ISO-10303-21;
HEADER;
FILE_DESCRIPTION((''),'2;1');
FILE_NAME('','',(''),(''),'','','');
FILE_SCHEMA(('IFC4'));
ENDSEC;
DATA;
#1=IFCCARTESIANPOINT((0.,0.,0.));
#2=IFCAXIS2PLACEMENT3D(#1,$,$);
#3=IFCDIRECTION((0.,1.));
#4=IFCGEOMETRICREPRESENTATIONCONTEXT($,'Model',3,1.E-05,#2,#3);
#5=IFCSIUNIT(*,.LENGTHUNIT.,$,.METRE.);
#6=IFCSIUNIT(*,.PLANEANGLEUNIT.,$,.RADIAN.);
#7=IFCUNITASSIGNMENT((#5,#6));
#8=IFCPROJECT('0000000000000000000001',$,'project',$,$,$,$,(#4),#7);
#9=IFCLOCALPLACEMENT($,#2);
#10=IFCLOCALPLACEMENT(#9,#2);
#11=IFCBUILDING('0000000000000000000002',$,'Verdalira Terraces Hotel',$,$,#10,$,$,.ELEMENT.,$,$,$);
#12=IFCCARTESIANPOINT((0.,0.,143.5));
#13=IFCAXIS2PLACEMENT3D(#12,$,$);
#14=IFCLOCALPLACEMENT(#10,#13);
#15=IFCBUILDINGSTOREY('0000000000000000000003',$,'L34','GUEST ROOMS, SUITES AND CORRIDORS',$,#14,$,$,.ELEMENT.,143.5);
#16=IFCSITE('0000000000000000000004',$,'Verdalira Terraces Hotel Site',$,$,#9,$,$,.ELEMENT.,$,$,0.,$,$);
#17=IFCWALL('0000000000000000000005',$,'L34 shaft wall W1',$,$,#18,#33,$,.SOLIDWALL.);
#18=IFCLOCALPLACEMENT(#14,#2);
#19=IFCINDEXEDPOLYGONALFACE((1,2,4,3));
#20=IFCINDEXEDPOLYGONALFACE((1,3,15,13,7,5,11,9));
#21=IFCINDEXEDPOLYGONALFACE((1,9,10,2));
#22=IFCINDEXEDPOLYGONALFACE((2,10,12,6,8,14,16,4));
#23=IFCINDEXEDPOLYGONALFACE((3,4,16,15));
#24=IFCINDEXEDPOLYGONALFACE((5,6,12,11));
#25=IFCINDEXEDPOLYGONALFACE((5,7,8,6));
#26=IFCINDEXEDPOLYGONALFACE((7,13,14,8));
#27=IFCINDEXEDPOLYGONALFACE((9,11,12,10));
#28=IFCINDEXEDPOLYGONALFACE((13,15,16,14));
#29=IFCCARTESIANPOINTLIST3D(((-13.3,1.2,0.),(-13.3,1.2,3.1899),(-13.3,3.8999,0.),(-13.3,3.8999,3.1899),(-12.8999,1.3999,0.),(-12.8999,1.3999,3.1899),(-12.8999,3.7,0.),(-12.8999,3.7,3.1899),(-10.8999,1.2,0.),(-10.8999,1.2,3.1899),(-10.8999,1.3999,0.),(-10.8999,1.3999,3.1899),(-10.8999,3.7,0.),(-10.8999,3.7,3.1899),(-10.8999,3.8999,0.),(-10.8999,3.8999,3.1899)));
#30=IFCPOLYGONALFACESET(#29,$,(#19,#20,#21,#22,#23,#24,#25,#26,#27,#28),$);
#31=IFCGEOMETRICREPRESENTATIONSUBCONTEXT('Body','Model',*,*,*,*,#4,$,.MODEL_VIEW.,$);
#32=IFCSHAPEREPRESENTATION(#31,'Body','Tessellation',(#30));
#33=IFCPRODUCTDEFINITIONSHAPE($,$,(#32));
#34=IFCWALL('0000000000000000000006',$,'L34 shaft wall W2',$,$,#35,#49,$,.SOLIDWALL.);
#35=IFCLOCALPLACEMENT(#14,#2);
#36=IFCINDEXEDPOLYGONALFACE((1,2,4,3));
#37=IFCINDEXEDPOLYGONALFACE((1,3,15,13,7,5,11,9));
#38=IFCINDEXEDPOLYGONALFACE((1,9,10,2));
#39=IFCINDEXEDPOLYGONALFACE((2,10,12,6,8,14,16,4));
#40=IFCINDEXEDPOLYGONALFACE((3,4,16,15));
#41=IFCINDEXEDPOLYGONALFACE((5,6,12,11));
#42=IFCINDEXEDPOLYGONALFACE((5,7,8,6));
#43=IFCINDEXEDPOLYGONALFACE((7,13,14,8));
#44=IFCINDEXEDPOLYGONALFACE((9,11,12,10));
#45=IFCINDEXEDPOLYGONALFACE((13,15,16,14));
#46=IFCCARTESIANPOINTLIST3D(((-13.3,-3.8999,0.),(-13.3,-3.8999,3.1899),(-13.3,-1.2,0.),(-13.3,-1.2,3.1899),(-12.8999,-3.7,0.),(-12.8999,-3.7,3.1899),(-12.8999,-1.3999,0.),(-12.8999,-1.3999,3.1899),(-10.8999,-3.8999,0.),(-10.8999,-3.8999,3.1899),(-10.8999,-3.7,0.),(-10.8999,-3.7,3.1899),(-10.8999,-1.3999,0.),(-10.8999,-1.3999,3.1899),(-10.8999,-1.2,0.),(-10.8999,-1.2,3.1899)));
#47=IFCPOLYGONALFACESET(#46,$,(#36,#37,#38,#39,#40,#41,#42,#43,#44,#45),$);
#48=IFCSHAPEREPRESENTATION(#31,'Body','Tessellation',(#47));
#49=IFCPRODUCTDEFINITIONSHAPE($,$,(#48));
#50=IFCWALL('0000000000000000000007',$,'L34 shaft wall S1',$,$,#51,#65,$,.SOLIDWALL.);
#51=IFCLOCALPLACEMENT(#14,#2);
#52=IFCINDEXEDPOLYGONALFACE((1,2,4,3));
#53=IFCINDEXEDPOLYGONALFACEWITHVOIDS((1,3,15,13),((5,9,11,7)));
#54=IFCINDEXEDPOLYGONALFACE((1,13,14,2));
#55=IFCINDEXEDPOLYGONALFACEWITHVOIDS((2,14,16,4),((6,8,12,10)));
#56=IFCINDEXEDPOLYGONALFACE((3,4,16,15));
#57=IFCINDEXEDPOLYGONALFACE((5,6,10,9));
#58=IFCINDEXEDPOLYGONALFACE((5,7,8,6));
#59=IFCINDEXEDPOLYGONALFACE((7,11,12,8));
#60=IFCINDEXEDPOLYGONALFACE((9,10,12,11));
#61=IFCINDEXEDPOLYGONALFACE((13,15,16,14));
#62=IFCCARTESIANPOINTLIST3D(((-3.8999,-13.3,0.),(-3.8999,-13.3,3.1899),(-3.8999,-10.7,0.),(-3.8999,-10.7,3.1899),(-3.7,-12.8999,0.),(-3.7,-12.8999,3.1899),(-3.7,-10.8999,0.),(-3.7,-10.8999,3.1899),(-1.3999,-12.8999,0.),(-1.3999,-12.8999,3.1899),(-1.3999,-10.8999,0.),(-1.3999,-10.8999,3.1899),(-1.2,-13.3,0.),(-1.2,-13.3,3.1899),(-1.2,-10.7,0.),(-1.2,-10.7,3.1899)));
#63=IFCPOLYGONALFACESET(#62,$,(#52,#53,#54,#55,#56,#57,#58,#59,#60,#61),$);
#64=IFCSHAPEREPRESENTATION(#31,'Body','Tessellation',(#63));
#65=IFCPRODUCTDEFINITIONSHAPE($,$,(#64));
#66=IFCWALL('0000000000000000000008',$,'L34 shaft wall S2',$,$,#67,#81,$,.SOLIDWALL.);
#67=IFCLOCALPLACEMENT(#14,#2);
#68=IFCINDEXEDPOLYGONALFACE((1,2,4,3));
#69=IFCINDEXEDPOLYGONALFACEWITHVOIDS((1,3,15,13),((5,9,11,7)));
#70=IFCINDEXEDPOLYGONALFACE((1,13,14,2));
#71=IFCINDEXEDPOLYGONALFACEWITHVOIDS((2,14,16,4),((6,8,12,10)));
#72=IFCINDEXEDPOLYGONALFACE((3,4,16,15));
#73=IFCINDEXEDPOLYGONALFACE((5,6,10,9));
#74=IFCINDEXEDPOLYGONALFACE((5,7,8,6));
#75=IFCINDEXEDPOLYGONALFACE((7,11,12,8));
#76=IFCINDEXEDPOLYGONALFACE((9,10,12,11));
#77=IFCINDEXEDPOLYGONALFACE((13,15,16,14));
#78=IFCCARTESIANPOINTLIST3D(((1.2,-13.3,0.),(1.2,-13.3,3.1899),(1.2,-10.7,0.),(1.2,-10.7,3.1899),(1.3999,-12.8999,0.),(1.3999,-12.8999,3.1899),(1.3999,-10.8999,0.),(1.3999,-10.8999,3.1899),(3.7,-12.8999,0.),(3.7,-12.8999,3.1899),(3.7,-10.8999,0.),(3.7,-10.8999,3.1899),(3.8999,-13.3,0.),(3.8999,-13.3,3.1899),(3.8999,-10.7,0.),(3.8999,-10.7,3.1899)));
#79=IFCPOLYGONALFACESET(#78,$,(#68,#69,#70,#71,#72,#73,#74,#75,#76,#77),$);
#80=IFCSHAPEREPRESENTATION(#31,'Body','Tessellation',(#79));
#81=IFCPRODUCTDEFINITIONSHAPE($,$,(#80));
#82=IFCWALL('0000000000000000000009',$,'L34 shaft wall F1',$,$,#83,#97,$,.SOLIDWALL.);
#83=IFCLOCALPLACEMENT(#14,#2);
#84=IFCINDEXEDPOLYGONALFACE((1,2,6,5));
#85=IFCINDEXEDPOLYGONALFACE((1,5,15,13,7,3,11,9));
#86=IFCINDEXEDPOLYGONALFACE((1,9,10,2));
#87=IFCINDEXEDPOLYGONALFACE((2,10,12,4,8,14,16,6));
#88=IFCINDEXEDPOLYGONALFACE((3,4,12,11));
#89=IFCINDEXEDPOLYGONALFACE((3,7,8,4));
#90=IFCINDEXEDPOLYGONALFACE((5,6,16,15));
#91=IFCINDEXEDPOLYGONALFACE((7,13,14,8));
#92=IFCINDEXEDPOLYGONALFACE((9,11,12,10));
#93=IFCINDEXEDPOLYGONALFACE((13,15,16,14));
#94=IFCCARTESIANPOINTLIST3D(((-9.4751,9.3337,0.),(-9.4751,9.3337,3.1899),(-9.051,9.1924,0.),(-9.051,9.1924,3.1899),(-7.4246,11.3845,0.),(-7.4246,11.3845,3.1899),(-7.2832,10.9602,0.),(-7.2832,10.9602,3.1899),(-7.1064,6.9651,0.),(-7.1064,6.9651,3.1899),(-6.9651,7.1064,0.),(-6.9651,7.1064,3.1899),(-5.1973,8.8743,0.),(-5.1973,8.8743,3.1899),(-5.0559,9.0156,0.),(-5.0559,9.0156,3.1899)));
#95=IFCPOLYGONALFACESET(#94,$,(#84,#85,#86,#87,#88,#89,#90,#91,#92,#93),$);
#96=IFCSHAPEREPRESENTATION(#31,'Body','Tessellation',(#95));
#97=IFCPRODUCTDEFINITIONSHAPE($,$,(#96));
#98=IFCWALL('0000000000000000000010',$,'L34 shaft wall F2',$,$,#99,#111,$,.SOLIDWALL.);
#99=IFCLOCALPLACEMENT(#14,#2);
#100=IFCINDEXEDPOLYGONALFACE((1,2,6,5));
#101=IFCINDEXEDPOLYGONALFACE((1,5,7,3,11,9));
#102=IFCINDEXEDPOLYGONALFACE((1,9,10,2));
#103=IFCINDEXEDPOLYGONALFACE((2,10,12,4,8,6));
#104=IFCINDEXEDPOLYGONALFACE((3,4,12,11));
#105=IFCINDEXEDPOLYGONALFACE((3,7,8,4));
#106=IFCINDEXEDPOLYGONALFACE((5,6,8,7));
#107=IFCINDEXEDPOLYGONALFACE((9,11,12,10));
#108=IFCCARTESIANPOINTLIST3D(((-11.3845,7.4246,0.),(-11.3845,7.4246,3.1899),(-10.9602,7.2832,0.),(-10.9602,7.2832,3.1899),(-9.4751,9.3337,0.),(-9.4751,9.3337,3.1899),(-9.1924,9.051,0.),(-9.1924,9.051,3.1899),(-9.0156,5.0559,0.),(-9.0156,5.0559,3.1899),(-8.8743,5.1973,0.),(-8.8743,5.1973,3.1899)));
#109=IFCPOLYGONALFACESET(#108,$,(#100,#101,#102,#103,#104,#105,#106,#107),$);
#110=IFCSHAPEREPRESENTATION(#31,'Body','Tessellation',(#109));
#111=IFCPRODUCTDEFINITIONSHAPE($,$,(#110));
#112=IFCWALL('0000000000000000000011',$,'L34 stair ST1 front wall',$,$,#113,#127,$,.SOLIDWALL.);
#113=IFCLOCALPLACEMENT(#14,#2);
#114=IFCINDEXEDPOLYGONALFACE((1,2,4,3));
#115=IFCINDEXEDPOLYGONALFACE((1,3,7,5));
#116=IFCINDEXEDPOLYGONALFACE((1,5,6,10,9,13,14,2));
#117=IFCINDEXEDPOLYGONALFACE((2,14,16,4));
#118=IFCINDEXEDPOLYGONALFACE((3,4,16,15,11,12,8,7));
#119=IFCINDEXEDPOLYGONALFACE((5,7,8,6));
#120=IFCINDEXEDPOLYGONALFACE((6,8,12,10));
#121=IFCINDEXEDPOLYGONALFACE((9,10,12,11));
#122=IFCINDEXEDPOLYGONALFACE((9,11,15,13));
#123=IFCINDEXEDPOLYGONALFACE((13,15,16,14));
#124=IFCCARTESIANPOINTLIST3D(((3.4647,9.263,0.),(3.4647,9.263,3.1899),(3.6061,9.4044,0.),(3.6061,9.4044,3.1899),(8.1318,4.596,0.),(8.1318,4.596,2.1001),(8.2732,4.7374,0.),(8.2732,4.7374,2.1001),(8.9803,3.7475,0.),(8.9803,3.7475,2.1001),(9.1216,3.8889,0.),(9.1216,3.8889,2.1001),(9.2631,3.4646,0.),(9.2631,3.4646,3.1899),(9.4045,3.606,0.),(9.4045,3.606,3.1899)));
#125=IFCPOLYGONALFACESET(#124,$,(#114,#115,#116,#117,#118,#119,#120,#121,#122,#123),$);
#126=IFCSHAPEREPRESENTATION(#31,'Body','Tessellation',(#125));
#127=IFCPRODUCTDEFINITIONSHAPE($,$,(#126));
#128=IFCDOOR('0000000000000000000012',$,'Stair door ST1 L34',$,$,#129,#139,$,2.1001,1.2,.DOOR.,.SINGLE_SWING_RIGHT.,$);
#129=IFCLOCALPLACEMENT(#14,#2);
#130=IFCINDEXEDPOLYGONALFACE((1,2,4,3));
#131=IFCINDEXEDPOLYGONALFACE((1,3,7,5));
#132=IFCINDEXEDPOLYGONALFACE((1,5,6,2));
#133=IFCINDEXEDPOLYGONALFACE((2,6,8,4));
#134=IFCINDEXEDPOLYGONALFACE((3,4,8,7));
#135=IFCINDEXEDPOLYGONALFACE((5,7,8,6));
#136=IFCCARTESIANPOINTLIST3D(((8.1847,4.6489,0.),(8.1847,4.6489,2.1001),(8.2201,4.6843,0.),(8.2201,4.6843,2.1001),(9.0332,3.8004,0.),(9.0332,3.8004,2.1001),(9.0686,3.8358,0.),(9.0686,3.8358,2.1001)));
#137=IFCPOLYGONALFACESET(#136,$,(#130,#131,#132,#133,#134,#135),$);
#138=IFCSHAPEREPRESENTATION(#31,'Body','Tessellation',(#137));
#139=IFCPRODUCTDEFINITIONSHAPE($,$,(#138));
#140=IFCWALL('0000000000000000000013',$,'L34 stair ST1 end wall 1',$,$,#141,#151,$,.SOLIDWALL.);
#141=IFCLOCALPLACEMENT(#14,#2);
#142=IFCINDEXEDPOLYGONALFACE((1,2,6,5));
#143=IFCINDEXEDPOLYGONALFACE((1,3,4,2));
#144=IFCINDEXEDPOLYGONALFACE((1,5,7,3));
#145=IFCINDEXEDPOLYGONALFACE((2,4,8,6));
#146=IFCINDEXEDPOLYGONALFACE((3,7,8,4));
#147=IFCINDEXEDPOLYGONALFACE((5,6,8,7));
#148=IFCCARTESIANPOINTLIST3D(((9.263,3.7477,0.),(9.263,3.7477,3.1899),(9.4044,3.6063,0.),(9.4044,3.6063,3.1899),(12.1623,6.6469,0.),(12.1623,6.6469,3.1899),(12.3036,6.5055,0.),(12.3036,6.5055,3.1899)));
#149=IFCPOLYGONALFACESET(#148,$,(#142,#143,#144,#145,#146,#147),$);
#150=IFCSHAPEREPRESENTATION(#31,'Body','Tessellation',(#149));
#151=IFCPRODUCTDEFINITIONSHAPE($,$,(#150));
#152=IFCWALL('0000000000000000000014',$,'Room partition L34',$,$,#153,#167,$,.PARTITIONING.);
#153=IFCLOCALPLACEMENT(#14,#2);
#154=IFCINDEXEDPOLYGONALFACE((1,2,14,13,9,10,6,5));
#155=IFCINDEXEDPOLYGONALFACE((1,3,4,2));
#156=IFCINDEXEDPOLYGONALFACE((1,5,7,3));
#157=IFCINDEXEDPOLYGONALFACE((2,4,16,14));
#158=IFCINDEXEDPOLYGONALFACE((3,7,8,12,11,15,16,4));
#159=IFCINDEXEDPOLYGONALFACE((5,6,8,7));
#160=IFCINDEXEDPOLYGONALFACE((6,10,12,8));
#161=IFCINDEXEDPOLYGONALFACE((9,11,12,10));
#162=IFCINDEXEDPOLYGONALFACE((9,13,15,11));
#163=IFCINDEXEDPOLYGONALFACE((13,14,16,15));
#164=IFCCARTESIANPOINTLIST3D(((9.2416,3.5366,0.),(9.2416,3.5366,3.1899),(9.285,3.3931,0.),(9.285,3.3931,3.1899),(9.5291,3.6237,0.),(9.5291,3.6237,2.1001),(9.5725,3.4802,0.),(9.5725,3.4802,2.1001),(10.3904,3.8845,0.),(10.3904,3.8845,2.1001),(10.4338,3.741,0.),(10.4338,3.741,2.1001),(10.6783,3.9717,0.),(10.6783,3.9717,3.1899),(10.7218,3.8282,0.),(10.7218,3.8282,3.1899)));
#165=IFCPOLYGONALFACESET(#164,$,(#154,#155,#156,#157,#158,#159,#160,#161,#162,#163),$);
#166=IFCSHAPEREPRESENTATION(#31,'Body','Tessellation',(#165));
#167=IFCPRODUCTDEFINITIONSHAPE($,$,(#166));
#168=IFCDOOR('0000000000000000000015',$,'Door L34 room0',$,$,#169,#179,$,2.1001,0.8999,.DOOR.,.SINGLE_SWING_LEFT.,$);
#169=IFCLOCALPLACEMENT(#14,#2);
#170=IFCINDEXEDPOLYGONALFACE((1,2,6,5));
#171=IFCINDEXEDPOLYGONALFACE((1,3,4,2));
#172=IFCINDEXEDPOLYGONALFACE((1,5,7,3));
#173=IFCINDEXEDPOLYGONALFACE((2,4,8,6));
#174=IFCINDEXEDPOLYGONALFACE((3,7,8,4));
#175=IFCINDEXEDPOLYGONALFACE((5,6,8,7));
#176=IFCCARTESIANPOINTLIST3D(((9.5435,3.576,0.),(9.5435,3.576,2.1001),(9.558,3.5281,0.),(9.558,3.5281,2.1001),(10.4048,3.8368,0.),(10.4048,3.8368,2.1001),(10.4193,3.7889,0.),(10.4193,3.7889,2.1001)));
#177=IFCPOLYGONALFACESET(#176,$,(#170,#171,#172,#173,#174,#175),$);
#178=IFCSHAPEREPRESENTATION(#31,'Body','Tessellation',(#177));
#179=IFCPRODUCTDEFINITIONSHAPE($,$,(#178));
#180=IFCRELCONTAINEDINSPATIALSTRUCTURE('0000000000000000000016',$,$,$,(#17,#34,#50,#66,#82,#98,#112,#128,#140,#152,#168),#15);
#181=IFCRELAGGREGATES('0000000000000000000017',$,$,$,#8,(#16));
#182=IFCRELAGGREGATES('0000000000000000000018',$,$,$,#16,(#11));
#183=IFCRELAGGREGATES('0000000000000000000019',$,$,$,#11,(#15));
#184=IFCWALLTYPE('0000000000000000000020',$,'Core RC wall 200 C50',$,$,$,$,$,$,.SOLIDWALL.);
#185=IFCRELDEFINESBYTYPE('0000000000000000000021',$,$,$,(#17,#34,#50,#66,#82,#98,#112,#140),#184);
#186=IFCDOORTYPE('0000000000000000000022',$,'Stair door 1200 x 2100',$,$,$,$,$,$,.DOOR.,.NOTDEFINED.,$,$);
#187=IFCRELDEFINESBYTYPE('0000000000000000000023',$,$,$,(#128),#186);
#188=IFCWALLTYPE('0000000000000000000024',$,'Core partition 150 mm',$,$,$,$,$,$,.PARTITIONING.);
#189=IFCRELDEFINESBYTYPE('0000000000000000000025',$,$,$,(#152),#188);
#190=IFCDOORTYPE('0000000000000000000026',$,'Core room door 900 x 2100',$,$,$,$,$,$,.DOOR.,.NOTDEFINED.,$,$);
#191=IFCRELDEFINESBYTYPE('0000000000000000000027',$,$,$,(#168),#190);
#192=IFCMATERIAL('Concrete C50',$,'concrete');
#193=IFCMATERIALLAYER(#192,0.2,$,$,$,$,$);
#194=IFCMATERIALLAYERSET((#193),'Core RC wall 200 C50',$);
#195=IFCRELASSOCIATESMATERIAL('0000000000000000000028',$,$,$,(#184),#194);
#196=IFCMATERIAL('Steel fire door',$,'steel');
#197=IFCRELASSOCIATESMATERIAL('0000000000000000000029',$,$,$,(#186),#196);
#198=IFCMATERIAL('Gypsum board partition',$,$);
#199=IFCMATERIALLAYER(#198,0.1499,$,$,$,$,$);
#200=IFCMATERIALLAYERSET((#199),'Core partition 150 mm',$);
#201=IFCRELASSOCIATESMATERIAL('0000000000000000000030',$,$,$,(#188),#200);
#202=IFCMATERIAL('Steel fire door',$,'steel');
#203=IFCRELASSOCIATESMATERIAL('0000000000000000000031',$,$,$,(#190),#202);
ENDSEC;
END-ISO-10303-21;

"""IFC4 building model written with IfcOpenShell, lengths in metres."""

from ifc_helpers import new_model, si_unit, direction, frame, frame_2d, origin, place, context, subcontext, project, spatial, polyline, rectangle, outline, extrude, material, layer, layer_set, type_object, element, fill, save


model = new_model("IFC4")

# Units and contexts
model_context = context("Model", 3, precision=1e-05, world=origin(), true_north=direction((0.0, 1.0)))
body_context = subcontext(model_context, "Body", "Model", "MODEL_VIEW")
ifc_project = project(units=[si_unit("LENGTHUNIT", "METRE"), si_unit("PLANEANGLEUNIT", "RADIAN")], contexts=[model_context])

# Site, building, storey
site_placement = place(None, origin())
site = spatial("IfcSite", under=ifc_project, at=site_placement, Name="Verdalira Terraces Hotel Site", CompositionType="ELEMENT", RefElevation=0.0)
building_placement = place(site_placement, origin())
building = spatial("IfcBuilding", under=site, at=building_placement, Name="Verdalira Terraces Hotel", CompositionType="ELEMENT")
storey_placement = place(building_placement, frame((0.0, 0.0, 143.5)))
storey = spatial("IfcBuildingStorey", under=building, at=storey_placement, Name="L34", Description="GUEST ROOMS, SUITES AND CORRIDORS", CompositionType="ELEMENT", Elevation=143.5)

# Shared definitions
ifc_material_1 = material(Name="Concrete C50", Category="concrete")
ifc_layer_1 = layer(ifc_material_1, 0.2)
ifc_layer_set_1 = layer_set([ifc_layer_1], Name="Core RC wall 200 C50")
wall_type_1 = type_object("IfcWallType", Name="Core RC wall 200 C50", PredefinedType="SOLIDWALL", material=ifc_layer_set_1)

# Walls
wall_1_placement = place(storey_placement, origin())
element("IfcWall", 1, at=wall_1_placement, inside=storey, type_object=wall_type_1, Name="L34 shaft wall W1", PredefinedType="SOLIDWALL", context=body_context, shape_type="SweptSolid", body=[
    extrude(outline(polyline([(-13.3, 3.8999), (-10.8999, 3.8999), (-10.8999, 3.7), (-12.8999, 3.7), (-12.8999, 1.3999), (-10.8999, 1.3999), (-10.8999, 1.2), (-13.3, 1.2), (-13.3, 3.8999)])), origin(), (0.0, 0.0, 1.0), 3.1899),
])
wall_2_placement = place(storey_placement, origin())
element("IfcWall", 2, at=wall_2_placement, inside=storey, type_object=wall_type_1, Name="L34 shaft wall W2", PredefinedType="SOLIDWALL", context=body_context, shape_type="SweptSolid", body=[
    extrude(outline(polyline([(-13.3, -3.8999), (-13.3, -1.2), (-10.8999, -1.2), (-10.8999, -1.3999), (-12.8999, -1.3999), (-12.8999, -3.7), (-10.8999, -3.7), (-10.8999, -3.8999), (-13.3, -3.8999)])), origin(), (0.0, 0.0, 1.0), 3.1899),
])
wall_3_placement = place(storey_placement, origin())
element("IfcWall", 3, at=wall_3_placement, inside=storey, type_object=wall_type_1, Name="L34 shaft wall S1", PredefinedType="SOLIDWALL", context=body_context, shape_type="SweptSolid", body=[
    extrude(outline(polyline([(-1.2, -13.3), (-3.8999, -13.3), (-3.8999, -10.7), (-1.2, -10.7), (-1.2, -13.3)]), holes=[polyline([(-3.7, -10.8999), (-3.7, -12.8999), (-1.3999, -12.8999), (-1.3999, -10.8999), (-3.7, -10.8999)])]), origin(), (0.0, 0.0, 1.0), 3.1899),
])
wall_4_placement = place(storey_placement, origin())
element("IfcWall", 4, at=wall_4_placement, inside=storey, type_object=wall_type_1, Name="L34 shaft wall S2", PredefinedType="SOLIDWALL", context=body_context, shape_type="SweptSolid", body=[
    extrude(outline(polyline([(3.8999, -10.7), (3.8999, -13.3), (1.2, -13.3), (1.2, -10.7), (3.8999, -10.7)]), holes=[polyline([(1.3999, -12.8999), (3.7, -12.8999), (3.7, -10.8999), (1.3999, -10.8999), (1.3999, -12.8999)])]), origin(), (0.0, 0.0, 1.0), 3.1899),
])
wall_5_placement = place(storey_placement, origin())
element("IfcWall", 5, at=wall_5_placement, inside=storey, type_object=wall_type_1, Name="L34 shaft wall F1", PredefinedType="SOLIDWALL", context=body_context, shape_type="SweptSolid", body=[
    extrude(outline(polyline([(-9.4751, 9.3337), (-7.4246, 11.3845), (-5.0559, 9.0156), (-5.1973, 8.8743), (-7.2832, 10.9602), (-9.051, 9.1924), (-6.9651, 7.1064), (-7.1064, 6.9651), (-9.4751, 9.3337)])), origin(), (0.0, 0.0, 1.0), 3.1899),
])
wall_6_placement = place(storey_placement, origin())
element("IfcWall", 6, at=wall_6_placement, inside=storey, type_object=wall_type_1, Name="L34 shaft wall F2", PredefinedType="SOLIDWALL", context=body_context, shape_type="SweptSolid", body=[
    extrude(outline(polyline([(-11.3845, 7.4246), (-9.4751, 9.3337), (-9.1924, 9.051), (-10.9602, 7.2832), (-8.8743, 5.1973), (-9.0156, 5.0559), (-11.3845, 7.4246)])), origin(), (0.0, 0.0, 1.0), 3.1899),
])

# Wall, opening, door
wall_7_placement = place(storey_placement, frame((3.5354, 9.3337, 0.0), z_axis=(0.0, 0.0, 1.0), x_axis=(0.707107, -0.707107, 0.0)))
wall_7 = element("IfcWall", 7, at=wall_7_placement, inside=storey, type_object=wall_type_1, Name="L34 stair ST1 front wall", PredefinedType="SOLIDWALL", context=body_context, shape_type="SweptSolid", body=[
    extrude(rectangle(XDim=8.2002, YDim=0.2, at=frame_2d((4.1001, 0.0))), origin(), (0.0, 0.0, 1.0), 3.1899),
])
opening_1_placement = place(wall_7_placement, frame((6.6001, 0.0, 0.0)))
opening_1 = element("IfcOpeningElement", 8, at=opening_1_placement, cuts=wall_7, PredefinedType="OPENING", context=body_context, shape_type="SweptSolid", body=[
    extrude(rectangle(XDim=1.2, YDim=2.1001, at=frame_2d((0.6001, 1.05))), frame((0.0, 0.1099, 0.0), z_axis=(0.0, -1.0, 0.0), x_axis=(1.0, 0.0, 0.0)), (0.0, 0.0, 1.0), 0.22),
])
ifc_material_2 = material(Name="Steel fire door", Category="steel")
door_type_1 = type_object("IfcDoorType", Name="Stair door 1200 x 2100", OperationType="NOTDEFINED", PredefinedType="DOOR", material=ifc_material_2)
door_1_placement = place(opening_1_placement, origin())
door_1 = element("IfcDoor", 9, at=door_1_placement, inside=storey, type_object=door_type_1, Name="Stair door ST1 L34", OperationType="SINGLE_SWING_RIGHT", OverallHeight=2.1001, OverallWidth=1.2, PredefinedType="DOOR", context=body_context, shape_type="SweptSolid", body=[
    extrude(rectangle(XDim=1.2, YDim=2.1001, at=frame_2d((0.6001, 1.05))), frame((0.0, 0.0249, 0.0), z_axis=(0.0, -1.0, 0.0), x_axis=(1.0, 0.0, 0.0)), (0.0, 0.0, 1.0), 0.05),
])
fill(opening_1, door_1)

# Wall
wall_8_placement = place(storey_placement, frame((9.3337, 3.677, 0.0), z_axis=(0.0, 0.0, 1.0), x_axis=(0.707107, 0.707107, 0.0)))
element("IfcWall", 10, at=wall_8_placement, inside=storey, type_object=wall_type_1, Name="L34 stair ST1 end wall 1", PredefinedType="SOLIDWALL", context=body_context, shape_type="SweptSolid", body=[
    extrude(rectangle(XDim=4.1001, YDim=0.2, at=frame_2d((2.05, 0.0))), origin(), (0.0, 0.0, 1.0), 3.1899),
])

# Wall, opening, door
ifc_material_3 = material(Name="Gypsum board partition")
ifc_layer_2 = layer(ifc_material_3, 0.1499)
ifc_layer_set_2 = layer_set([ifc_layer_2], Name="Core partition 150 mm")
wall_type_2 = type_object("IfcWallType", Name="Core partition 150 mm", PredefinedType="PARTITIONING", material=ifc_layer_set_2)
wall_9_placement = place(storey_placement, frame((10.7, 3.8999, 0.0), z_axis=(0.0, 0.0, 1.0), x_axis=(-0.957085, -0.289809, 0.0)))
wall_9 = element("IfcWall", 11, at=wall_9_placement, inside=storey, type_object=wall_type_2, Name="Room partition L34", PredefinedType="PARTITIONING", context=body_context, shape_type="SweptSolid", body=[
    extrude(rectangle(XDim=1.5012, YDim=0.1499, at=frame_2d((0.7505, 0.0))), origin(), (0.0, 0.0, 1.0), 3.1899),
])
opening_2_placement = place(wall_9_placement, frame((0.3008, 0.0, 0.0)))
opening_2 = element("IfcOpeningElement", 12, at=opening_2_placement, cuts=wall_9, PredefinedType="OPENING", context=body_context, shape_type="SweptSolid", body=[
    extrude(rectangle(XDim=0.8999, YDim=2.1001, at=frame_2d((0.45, 1.05))), frame((0.0, 0.085, 0.0), z_axis=(0.0, -1.0, 0.0), x_axis=(1.0, 0.0, 0.0)), (0.0, 0.0, 1.0), 0.1699),
])
ifc_material_4 = material(Name="Steel fire door", Category="steel")
door_type_2 = type_object("IfcDoorType", Name="Core room door 900 x 2100", OperationType="NOTDEFINED", PredefinedType="DOOR", material=ifc_material_4)
door_2_placement = place(opening_2_placement, origin())
door_2 = element("IfcDoor", 13, at=door_2_placement, inside=storey, type_object=door_type_2, Name="Door L34 room0", OperationType="SINGLE_SWING_LEFT", OverallHeight=2.1001, OverallWidth=0.8999, PredefinedType="DOOR", context=body_context, shape_type="SweptSolid", body=[
    extrude(rectangle(XDim=0.8999, YDim=2.1001, at=frame_2d((0.45, 1.05))), frame((0.0, 0.0249, 0.0), z_axis=(0.0, -1.0, 0.0), x_axis=(1.0, 0.0, 0.0)), (0.0, 0.0, 1.0), 0.05),
])
fill(opening_2, door_2)

save(model, "model.ifc")
